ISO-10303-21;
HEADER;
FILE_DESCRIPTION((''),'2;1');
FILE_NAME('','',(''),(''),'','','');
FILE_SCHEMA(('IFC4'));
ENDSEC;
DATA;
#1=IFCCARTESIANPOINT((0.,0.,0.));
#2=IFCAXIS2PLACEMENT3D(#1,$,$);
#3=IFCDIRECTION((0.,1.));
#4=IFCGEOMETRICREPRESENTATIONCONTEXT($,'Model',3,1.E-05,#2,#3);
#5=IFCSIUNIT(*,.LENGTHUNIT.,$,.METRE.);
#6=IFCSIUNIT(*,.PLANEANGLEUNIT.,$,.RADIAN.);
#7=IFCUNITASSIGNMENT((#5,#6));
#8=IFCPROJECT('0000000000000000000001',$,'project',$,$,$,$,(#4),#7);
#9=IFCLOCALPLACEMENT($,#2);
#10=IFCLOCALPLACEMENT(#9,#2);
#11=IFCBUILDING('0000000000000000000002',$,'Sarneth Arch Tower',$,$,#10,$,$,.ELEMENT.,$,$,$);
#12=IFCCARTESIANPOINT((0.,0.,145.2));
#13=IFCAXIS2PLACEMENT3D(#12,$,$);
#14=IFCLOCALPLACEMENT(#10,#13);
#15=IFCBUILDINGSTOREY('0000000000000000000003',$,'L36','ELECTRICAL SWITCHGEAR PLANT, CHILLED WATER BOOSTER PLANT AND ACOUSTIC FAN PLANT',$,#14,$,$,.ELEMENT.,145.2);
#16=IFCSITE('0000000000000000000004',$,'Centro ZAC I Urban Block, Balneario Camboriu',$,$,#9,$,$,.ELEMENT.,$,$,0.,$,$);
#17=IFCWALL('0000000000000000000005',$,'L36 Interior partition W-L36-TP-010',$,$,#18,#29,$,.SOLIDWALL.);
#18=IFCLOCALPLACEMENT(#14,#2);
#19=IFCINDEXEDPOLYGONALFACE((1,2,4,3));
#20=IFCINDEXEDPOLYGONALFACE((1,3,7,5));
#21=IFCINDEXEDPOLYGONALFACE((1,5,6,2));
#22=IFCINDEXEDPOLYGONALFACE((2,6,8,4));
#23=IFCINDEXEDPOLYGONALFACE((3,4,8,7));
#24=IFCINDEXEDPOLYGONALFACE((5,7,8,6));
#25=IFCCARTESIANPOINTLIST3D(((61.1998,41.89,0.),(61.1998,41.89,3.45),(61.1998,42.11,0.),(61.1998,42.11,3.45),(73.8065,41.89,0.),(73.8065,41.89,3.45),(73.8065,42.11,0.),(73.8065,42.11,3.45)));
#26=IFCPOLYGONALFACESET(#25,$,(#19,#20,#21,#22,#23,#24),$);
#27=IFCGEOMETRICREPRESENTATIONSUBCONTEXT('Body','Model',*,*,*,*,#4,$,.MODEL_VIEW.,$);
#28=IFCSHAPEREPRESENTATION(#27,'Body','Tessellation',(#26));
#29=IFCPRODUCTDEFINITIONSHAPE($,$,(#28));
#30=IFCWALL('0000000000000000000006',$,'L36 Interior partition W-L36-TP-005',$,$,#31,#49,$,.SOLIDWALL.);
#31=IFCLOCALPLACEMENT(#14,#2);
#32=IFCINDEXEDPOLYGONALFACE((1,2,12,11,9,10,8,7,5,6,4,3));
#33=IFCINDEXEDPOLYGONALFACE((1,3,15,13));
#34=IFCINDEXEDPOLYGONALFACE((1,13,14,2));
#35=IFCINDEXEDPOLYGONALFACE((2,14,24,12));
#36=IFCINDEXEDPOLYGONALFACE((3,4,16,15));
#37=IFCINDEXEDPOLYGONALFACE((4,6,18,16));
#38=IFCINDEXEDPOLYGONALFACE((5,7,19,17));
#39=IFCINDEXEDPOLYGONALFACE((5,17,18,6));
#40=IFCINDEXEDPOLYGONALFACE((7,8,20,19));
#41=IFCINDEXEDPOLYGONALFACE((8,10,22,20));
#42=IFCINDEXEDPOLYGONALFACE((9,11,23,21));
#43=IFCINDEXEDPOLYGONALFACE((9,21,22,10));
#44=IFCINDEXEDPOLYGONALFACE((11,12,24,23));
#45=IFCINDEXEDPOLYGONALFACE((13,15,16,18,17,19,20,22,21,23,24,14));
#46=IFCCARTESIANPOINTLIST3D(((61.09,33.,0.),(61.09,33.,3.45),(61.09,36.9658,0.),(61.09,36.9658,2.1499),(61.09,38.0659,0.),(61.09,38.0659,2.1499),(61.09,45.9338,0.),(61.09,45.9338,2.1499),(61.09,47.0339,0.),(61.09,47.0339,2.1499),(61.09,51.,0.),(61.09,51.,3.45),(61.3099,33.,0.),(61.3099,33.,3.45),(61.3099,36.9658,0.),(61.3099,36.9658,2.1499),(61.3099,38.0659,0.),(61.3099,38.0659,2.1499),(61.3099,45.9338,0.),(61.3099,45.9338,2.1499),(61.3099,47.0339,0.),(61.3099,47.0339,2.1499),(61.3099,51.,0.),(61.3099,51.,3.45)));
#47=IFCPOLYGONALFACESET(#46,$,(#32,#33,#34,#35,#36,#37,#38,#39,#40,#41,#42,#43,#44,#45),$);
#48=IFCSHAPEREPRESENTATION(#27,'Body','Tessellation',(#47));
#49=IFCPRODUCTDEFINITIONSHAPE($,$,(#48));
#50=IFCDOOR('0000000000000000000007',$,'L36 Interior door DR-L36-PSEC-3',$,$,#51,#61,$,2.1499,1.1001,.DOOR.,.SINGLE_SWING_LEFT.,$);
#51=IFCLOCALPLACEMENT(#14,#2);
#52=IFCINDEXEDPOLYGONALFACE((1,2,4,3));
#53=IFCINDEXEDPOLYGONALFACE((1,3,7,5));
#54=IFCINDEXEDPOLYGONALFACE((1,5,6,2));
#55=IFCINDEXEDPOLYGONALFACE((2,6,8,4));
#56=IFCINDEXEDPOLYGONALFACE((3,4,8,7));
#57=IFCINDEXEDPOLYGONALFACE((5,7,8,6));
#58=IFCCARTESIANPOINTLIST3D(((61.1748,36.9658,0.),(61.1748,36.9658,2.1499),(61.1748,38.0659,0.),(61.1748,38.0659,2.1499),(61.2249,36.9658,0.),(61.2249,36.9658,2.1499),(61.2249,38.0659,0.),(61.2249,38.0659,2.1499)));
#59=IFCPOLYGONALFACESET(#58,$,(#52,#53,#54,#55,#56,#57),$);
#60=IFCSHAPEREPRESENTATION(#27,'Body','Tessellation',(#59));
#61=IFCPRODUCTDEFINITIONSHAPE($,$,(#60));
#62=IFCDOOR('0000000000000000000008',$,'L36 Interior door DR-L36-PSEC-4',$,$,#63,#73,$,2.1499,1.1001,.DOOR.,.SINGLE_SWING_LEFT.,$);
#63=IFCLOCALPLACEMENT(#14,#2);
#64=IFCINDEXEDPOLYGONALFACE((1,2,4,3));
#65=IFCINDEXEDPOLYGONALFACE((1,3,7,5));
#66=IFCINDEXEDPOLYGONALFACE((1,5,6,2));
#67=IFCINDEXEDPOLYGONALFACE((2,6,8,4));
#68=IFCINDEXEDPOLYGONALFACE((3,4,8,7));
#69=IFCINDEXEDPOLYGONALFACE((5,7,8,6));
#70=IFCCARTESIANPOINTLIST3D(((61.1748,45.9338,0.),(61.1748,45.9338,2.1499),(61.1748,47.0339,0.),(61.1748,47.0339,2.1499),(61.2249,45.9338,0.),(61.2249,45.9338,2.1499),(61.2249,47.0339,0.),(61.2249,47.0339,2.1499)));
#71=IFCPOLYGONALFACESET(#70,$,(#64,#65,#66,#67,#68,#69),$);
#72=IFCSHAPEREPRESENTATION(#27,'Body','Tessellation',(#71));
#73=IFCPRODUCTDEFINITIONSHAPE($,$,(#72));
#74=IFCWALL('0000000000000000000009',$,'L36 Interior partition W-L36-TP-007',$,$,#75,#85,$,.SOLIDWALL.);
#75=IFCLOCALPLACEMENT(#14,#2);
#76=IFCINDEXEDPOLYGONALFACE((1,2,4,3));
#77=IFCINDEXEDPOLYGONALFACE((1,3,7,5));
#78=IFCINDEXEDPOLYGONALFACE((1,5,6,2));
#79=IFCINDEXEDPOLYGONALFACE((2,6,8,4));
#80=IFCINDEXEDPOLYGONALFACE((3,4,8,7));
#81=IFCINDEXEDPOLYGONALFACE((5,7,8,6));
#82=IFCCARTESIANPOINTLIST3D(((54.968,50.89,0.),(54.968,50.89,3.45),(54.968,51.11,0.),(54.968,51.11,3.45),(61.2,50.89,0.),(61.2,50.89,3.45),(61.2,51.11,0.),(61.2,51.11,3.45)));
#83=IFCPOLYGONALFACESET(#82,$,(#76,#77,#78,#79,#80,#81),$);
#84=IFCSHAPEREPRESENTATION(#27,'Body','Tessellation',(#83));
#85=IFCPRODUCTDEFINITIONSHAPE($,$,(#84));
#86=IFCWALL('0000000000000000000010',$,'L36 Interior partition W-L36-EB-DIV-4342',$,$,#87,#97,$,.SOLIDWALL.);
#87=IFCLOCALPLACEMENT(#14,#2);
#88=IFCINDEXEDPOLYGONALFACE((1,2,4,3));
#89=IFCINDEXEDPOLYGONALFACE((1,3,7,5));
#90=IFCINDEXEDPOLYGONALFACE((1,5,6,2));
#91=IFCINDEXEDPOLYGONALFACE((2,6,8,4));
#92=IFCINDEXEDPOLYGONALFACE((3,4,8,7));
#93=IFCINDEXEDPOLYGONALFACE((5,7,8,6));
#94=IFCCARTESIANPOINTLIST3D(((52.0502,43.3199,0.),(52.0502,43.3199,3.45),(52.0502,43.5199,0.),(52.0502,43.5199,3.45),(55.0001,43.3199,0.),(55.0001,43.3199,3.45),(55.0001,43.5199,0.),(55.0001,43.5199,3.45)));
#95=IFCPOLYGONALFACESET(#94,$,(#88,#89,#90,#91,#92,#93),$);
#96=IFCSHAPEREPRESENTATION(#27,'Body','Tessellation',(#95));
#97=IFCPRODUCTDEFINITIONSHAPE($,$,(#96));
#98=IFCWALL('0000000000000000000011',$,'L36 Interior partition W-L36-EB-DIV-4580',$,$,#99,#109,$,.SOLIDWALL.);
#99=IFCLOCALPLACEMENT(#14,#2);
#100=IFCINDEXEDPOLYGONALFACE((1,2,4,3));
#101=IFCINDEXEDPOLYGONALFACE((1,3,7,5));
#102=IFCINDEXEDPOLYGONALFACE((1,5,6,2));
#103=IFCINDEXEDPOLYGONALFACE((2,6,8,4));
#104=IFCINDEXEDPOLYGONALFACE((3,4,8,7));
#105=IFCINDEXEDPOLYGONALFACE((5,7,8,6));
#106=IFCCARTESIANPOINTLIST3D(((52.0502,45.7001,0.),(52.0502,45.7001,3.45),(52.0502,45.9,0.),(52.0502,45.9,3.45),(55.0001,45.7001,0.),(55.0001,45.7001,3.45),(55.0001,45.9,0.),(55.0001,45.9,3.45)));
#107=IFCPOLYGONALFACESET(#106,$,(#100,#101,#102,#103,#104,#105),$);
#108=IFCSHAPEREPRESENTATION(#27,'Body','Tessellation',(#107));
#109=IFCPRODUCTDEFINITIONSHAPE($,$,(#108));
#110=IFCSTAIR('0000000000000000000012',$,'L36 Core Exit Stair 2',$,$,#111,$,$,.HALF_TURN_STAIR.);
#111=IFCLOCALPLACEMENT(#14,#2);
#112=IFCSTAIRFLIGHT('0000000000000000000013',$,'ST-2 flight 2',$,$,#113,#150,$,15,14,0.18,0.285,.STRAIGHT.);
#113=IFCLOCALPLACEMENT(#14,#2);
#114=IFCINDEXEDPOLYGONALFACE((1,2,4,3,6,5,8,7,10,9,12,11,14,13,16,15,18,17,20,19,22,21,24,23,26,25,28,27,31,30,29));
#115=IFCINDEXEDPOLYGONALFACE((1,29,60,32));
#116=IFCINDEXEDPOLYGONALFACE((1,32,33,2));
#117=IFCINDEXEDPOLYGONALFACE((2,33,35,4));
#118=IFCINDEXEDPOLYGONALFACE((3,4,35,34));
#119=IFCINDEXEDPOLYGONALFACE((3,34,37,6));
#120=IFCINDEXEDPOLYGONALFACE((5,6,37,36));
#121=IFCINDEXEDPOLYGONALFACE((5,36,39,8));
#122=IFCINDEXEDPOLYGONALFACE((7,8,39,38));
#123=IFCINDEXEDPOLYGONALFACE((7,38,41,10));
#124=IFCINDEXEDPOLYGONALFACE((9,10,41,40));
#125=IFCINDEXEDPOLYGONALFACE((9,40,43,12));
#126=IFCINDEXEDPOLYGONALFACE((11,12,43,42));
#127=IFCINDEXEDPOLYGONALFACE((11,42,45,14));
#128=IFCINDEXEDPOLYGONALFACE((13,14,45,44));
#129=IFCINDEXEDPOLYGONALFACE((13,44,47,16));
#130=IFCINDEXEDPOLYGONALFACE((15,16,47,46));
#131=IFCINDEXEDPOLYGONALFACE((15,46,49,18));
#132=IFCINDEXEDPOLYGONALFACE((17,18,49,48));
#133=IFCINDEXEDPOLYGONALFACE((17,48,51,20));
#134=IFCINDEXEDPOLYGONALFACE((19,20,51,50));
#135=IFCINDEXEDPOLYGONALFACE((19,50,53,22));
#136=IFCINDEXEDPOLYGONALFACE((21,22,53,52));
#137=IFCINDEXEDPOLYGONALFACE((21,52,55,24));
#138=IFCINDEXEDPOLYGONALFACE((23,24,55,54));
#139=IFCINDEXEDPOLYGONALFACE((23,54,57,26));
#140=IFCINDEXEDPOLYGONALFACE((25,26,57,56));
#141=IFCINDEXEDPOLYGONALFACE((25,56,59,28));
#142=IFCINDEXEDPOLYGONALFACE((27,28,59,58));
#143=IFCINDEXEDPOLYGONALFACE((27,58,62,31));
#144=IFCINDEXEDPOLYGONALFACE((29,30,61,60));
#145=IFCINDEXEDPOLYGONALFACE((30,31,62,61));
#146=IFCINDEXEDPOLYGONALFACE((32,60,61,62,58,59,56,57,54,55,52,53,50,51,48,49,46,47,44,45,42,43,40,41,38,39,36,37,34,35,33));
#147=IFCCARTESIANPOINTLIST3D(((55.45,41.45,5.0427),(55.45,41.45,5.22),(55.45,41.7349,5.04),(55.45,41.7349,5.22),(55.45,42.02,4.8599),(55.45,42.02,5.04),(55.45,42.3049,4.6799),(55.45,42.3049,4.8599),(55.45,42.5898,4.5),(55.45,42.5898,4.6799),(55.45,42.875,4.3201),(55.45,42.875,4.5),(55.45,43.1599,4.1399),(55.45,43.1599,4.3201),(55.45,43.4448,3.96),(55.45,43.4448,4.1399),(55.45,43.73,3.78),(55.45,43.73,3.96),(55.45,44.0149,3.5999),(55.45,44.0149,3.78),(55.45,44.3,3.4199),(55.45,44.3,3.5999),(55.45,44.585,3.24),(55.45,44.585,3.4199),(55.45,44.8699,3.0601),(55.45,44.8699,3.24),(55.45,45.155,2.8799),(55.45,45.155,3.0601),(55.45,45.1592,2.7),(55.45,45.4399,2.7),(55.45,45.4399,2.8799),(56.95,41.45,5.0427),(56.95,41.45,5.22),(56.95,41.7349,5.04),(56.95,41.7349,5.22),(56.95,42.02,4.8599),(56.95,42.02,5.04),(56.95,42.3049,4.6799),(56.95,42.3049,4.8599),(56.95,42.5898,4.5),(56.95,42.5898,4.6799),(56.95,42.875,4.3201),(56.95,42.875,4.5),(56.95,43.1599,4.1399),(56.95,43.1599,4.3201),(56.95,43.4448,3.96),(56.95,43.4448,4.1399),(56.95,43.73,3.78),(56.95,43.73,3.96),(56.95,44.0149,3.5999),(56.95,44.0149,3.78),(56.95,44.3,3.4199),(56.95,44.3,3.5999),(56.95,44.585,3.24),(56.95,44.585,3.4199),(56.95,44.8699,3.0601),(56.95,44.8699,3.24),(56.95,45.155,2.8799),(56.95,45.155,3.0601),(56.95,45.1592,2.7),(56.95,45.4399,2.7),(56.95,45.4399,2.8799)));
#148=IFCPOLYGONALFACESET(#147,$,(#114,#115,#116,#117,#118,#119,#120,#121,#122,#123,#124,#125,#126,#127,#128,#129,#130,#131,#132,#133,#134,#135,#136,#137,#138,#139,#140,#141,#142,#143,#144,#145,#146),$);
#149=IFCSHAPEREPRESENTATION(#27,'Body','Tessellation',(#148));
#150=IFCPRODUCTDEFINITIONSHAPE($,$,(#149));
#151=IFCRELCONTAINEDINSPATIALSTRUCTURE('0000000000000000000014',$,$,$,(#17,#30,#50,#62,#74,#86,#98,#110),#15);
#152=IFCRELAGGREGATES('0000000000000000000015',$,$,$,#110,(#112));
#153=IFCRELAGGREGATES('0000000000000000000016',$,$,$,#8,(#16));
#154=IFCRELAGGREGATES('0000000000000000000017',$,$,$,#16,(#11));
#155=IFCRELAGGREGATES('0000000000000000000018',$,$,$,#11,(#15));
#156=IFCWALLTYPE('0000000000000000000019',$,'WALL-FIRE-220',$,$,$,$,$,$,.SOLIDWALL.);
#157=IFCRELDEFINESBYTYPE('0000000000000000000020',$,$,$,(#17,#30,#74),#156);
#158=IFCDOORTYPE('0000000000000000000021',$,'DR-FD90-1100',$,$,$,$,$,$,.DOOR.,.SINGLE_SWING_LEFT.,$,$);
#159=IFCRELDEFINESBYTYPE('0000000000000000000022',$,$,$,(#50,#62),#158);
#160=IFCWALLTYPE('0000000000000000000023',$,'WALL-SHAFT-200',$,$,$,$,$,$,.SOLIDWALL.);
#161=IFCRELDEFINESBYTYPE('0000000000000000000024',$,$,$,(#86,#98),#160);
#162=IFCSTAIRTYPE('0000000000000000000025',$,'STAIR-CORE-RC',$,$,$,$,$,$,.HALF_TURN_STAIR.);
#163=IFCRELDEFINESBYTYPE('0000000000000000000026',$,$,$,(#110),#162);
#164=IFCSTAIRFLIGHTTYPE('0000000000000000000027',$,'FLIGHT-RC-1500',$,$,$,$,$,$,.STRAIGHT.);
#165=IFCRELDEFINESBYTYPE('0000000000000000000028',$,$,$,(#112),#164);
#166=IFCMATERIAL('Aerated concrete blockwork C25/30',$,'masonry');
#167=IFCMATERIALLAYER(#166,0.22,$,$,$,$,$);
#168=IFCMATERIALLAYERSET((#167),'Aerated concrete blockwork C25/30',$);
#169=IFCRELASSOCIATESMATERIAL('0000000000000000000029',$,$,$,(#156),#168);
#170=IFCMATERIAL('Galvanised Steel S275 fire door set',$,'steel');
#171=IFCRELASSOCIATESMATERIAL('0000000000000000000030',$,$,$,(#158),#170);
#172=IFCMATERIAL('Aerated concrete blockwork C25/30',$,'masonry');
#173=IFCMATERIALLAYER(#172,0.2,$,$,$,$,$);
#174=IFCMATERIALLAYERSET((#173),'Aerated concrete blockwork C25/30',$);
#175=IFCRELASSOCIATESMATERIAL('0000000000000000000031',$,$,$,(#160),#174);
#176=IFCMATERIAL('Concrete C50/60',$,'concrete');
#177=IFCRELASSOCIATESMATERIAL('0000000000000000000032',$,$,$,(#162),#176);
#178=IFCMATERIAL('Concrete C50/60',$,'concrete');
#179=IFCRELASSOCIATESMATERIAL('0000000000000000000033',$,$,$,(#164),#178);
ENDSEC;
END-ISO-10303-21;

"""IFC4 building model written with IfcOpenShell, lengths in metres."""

from ifc_helpers import new_model, si_unit, direction, frame, frame_2d, origin, place, context, subcontext, project, spatial, polyline, rectangle, outline, extrude, material, layer, layer_set, type_object, element, fill, aggregate, save


model = new_model("IFC4")

# Units and contexts
model_context = context("Model", 3, precision=1e-05, world=origin(), true_north=direction((0.0, 1.0)))
body_context = subcontext(model_context, "Body", "Model", "MODEL_VIEW")
ifc_project = project(units=[si_unit("LENGTHUNIT", "METRE"), si_unit("PLANEANGLEUNIT", "RADIAN")], contexts=[model_context])

# Site, building, storey
site_placement = place(None, origin())
site = spatial("IfcSite", under=ifc_project, at=site_placement, Name="Centro ZAC I Urban Block, Balneario Camboriu", CompositionType="ELEMENT", RefElevation=0.0)
building_placement = place(site_placement, origin())
building = spatial("IfcBuilding", under=site, at=building_placement, Name="Sarneth Arch Tower", CompositionType="ELEMENT")
storey_placement = place(building_placement, frame((0.0, 0.0, 145.2)))
storey = spatial("IfcBuildingStorey", under=building, at=storey_placement, Name="L36", Description="ELECTRICAL SWITCHGEAR PLANT, CHILLED WATER BOOSTER PLANT AND ACOUSTIC FAN PLANT", CompositionType="ELEMENT", Elevation=145.2)

# Wall
ifc_material_1 = material(Name="Aerated concrete blockwork C25/30", Category="masonry")
ifc_layer_1 = layer(ifc_material_1, 0.22)
ifc_layer_set_1 = layer_set([ifc_layer_1], Name="Aerated concrete blockwork C25/30")
wall_type_1 = type_object("IfcWallType", Name="WALL-FIRE-220", PredefinedType="SOLIDWALL", material=ifc_layer_set_1)
wall_1_placement = place(storey_placement, frame((61.2, 42.0, 0.0), z_axis=(0.0, 0.0, 1.0), x_axis=(1.0, 0.0, 0.0)))
element("IfcWall", 1, at=wall_1_placement, inside=storey, type_object=wall_type_1, Name="L36 Interior partition W-L36-TP-010", PredefinedType="SOLIDWALL", context=body_context, shape_type="SweptSolid", body=[
    extrude(rectangle(XDim=12.6067, YDim=0.22, at=frame_2d((6.3032, 0.0))), origin(), (0.0, 0.0, 1.0), 3.45),
])

# Wall, openings, doors
wall_2_placement = place(storey_placement, frame((61.2, 51.0, 0.0), z_axis=(0.0, 0.0, 1.0), x_axis=(0.0, -1.0, 0.0)))
wall_2 = element("IfcWall", 2, at=wall_2_placement, inside=storey, type_object=wall_type_1, Name="L36 Interior partition W-L36-TP-005", PredefinedType="SOLIDWALL", context=body_context, shape_type="SweptSolid", body=[
    extrude(rectangle(XDim=18.0, YDim=0.22, at=frame_2d((9.0, 0.0))), origin(), (0.0, 0.0, 1.0), 3.45),
])
opening_1_placement = place(wall_2_placement, frame((12.9341, 0.0, 0.0)))
opening_1 = element("IfcOpeningElement", 3, at=opening_1_placement, cuts=wall_2, PredefinedType="OPENING", context=body_context, shape_type="SweptSolid", body=[
    extrude(rectangle(XDim=1.1001, YDim=2.1499, at=frame_2d((0.55, 1.075))), frame((0.0, 0.1199, 0.0), z_axis=(0.0, -1.0, 0.0), x_axis=(1.0, 0.0, 0.0)), (0.0, 0.0, 1.0), 0.24),
])
opening_2_placement = place(wall_2_placement, frame((3.9661, 0.0, 0.0)))
opening_2 = element("IfcOpeningElement", 4, at=opening_2_placement, cuts=wall_2, PredefinedType="OPENING", context=body_context, shape_type="SweptSolid", body=[
    extrude(rectangle(XDim=1.1001, YDim=2.1499, at=frame_2d((0.55, 1.075))), frame((0.0, 0.1199, 0.0), z_axis=(0.0, -1.0, 0.0), x_axis=(1.0, 0.0, 0.0)), (0.0, 0.0, 1.0), 0.24),
])
ifc_material_2 = material(Name="Galvanised Steel S275 fire door set", Category="steel")
door_type = type_object("IfcDoorType", Name="DR-FD90-1100", OperationType="SINGLE_SWING_LEFT", PredefinedType="DOOR", material=ifc_material_2)
door_1_placement = place(opening_1_placement, origin())
door_1 = element("IfcDoor", 5, at=door_1_placement, inside=storey, type_object=door_type, Name="L36 Interior door DR-L36-PSEC-3", OperationType="SINGLE_SWING_LEFT", OverallHeight=2.1499, OverallWidth=1.1001, PredefinedType="DOOR", context=body_context, shape_type="SweptSolid", body=[
    extrude(rectangle(XDim=1.1001, YDim=2.1499, at=frame_2d((0.55, 1.075))), frame((0.0, 0.0249, 0.0), z_axis=(0.0, -1.0, 0.0), x_axis=(1.0, 0.0, 0.0)), (0.0, 0.0, 1.0), 0.05),
])
fill(opening_1, door_1)
door_2_placement = place(opening_2_placement, origin())
door_2 = element("IfcDoor", 6, at=door_2_placement, inside=storey, type_object=door_type, Name="L36 Interior door DR-L36-PSEC-4", OperationType="SINGLE_SWING_LEFT", OverallHeight=2.1499, OverallWidth=1.1001, PredefinedType="DOOR", context=body_context, shape_type="SweptSolid", body=[
    extrude(rectangle(XDim=1.1001, YDim=2.1499, at=frame_2d((0.55, 1.075))), frame((0.0, 0.0249, 0.0), z_axis=(0.0, -1.0, 0.0), x_axis=(1.0, 0.0, 0.0)), (0.0, 0.0, 1.0), 0.05),
])
fill(opening_2, door_2)

# Walls
wall_3_placement = place(storey_placement, frame((54.968, 51.0, 0.0), z_axis=(0.0, 0.0, 1.0), x_axis=(1.0, 0.0, 0.0)))
element("IfcWall", 7, at=wall_3_placement, inside=storey, type_object=wall_type_1, Name="L36 Interior partition W-L36-TP-007", PredefinedType="SOLIDWALL", context=body_context, shape_type="SweptSolid", body=[
    extrude(rectangle(XDim=6.2319, YDim=0.22, at=frame_2d((3.116, 0.0))), origin(), (0.0, 0.0, 1.0), 3.45),
])
ifc_material_3 = material(Name="Aerated concrete blockwork C25/30", Category="masonry")
ifc_layer_2 = layer(ifc_material_3, 0.2)
ifc_layer_set_2 = layer_set([ifc_layer_2], Name="Aerated concrete blockwork C25/30")
wall_type_2 = type_object("IfcWallType", Name="WALL-SHAFT-200", PredefinedType="SOLIDWALL", material=ifc_layer_set_2)
for number, where, z_axis, x_axis, name in (
    (8, (52.05, 43.4199, 0.0), (0.0, 0.0, 1.0), (1.0, 0.0, 0.0), "L36 Interior partition W-L36-EB-DIV-4342"),
    (9, (52.05, 45.8, 0.0), (0.0, 0.0, 1.0), (1.0, 0.0, 0.0), "L36 Interior partition W-L36-EB-DIV-4580"),
):
    element("IfcWall", number, at=place(storey_placement, frame(where, z_axis=z_axis, x_axis=x_axis)), inside=storey, type_object=wall_type_2, Name=name, PredefinedType="SOLIDWALL", context=body_context, shape_type="SweptSolid", body=[
        extrude(rectangle(XDim=2.95, YDim=0.2, at=frame_2d((1.4751, 0.0))), origin(), (0.0, 0.0, 1.0), 3.45),
    ])

# Stair, stair flight
ifc_material_4 = material(Name="Concrete C50/60", Category="concrete")
stair_type = type_object("IfcStairType", Name="STAIR-CORE-RC", PredefinedType="HALF_TURN_STAIR", material=ifc_material_4)
stair_placement = place(storey_placement, origin())
stair = element("IfcStair", 10, at=stair_placement, inside=storey, type_object=stair_type, Name="L36 Core Exit Stair 2", PredefinedType="HALF_TURN_STAIR")
ifc_material_5 = material(Name="Concrete C50/60", Category="concrete")
stair_flight_type = type_object("IfcStairFlightType", Name="FLIGHT-RC-1500", PredefinedType="STRAIGHT", material=ifc_material_5)
stair_flight_placement = place(storey_placement, frame((56.2, 45.4399, 2.7), z_axis=(0.0, 0.0, 1.0), x_axis=(0.0, -1.0, 0.0)))
stair_flight = element("IfcStairFlight", 11, at=stair_flight_placement, type_object=stair_flight_type, Name="ST-2 flight 2", NumberOfRisers=15, NumberOfTreads=14, PredefinedType="STRAIGHT", RiserHeight=0.18, TreadLength=0.285, context=body_context, shape_type="SweptSolid", body=[
    extrude(outline(polyline([(0.0, 0.0), (0.0, 0.1799), (0.2849, 0.1799), (0.2849, 0.3601), (0.5701, 0.3601), (0.5701, 0.54), (0.855, 0.54), (0.855, 0.72), (1.1399, 0.72), (1.1399, 0.8999), (1.425, 0.8999), (1.425, 1.0801), (1.71, 1.0801), (1.71, 1.26), (1.9951, 1.26), (1.9951, 1.4399), (2.28, 1.4399), (2.28, 1.6201), (2.5649, 1.6201), (2.5649, 1.8), (2.8501, 1.8), (2.8501, 1.98), (3.135, 1.98), (3.135, 2.1599), (3.4199, 2.1599), (3.4199, 2.3401), (3.7051, 2.3401), (3.7051, 2.52), (3.99, 2.52), (3.99, 2.7), (3.99, 2.3428), (0.2808, 0.0), (0.0, 0.0)])), frame((0.0, 0.75, 0.0), z_axis=(0.0, -1.0, 0.0), x_axis=(1.0, 0.0, 0.0)), (0.0, 0.0, 1.0), 1.5),
])
aggregate(stair, [stair_flight])

save(model, "model.ifc")
